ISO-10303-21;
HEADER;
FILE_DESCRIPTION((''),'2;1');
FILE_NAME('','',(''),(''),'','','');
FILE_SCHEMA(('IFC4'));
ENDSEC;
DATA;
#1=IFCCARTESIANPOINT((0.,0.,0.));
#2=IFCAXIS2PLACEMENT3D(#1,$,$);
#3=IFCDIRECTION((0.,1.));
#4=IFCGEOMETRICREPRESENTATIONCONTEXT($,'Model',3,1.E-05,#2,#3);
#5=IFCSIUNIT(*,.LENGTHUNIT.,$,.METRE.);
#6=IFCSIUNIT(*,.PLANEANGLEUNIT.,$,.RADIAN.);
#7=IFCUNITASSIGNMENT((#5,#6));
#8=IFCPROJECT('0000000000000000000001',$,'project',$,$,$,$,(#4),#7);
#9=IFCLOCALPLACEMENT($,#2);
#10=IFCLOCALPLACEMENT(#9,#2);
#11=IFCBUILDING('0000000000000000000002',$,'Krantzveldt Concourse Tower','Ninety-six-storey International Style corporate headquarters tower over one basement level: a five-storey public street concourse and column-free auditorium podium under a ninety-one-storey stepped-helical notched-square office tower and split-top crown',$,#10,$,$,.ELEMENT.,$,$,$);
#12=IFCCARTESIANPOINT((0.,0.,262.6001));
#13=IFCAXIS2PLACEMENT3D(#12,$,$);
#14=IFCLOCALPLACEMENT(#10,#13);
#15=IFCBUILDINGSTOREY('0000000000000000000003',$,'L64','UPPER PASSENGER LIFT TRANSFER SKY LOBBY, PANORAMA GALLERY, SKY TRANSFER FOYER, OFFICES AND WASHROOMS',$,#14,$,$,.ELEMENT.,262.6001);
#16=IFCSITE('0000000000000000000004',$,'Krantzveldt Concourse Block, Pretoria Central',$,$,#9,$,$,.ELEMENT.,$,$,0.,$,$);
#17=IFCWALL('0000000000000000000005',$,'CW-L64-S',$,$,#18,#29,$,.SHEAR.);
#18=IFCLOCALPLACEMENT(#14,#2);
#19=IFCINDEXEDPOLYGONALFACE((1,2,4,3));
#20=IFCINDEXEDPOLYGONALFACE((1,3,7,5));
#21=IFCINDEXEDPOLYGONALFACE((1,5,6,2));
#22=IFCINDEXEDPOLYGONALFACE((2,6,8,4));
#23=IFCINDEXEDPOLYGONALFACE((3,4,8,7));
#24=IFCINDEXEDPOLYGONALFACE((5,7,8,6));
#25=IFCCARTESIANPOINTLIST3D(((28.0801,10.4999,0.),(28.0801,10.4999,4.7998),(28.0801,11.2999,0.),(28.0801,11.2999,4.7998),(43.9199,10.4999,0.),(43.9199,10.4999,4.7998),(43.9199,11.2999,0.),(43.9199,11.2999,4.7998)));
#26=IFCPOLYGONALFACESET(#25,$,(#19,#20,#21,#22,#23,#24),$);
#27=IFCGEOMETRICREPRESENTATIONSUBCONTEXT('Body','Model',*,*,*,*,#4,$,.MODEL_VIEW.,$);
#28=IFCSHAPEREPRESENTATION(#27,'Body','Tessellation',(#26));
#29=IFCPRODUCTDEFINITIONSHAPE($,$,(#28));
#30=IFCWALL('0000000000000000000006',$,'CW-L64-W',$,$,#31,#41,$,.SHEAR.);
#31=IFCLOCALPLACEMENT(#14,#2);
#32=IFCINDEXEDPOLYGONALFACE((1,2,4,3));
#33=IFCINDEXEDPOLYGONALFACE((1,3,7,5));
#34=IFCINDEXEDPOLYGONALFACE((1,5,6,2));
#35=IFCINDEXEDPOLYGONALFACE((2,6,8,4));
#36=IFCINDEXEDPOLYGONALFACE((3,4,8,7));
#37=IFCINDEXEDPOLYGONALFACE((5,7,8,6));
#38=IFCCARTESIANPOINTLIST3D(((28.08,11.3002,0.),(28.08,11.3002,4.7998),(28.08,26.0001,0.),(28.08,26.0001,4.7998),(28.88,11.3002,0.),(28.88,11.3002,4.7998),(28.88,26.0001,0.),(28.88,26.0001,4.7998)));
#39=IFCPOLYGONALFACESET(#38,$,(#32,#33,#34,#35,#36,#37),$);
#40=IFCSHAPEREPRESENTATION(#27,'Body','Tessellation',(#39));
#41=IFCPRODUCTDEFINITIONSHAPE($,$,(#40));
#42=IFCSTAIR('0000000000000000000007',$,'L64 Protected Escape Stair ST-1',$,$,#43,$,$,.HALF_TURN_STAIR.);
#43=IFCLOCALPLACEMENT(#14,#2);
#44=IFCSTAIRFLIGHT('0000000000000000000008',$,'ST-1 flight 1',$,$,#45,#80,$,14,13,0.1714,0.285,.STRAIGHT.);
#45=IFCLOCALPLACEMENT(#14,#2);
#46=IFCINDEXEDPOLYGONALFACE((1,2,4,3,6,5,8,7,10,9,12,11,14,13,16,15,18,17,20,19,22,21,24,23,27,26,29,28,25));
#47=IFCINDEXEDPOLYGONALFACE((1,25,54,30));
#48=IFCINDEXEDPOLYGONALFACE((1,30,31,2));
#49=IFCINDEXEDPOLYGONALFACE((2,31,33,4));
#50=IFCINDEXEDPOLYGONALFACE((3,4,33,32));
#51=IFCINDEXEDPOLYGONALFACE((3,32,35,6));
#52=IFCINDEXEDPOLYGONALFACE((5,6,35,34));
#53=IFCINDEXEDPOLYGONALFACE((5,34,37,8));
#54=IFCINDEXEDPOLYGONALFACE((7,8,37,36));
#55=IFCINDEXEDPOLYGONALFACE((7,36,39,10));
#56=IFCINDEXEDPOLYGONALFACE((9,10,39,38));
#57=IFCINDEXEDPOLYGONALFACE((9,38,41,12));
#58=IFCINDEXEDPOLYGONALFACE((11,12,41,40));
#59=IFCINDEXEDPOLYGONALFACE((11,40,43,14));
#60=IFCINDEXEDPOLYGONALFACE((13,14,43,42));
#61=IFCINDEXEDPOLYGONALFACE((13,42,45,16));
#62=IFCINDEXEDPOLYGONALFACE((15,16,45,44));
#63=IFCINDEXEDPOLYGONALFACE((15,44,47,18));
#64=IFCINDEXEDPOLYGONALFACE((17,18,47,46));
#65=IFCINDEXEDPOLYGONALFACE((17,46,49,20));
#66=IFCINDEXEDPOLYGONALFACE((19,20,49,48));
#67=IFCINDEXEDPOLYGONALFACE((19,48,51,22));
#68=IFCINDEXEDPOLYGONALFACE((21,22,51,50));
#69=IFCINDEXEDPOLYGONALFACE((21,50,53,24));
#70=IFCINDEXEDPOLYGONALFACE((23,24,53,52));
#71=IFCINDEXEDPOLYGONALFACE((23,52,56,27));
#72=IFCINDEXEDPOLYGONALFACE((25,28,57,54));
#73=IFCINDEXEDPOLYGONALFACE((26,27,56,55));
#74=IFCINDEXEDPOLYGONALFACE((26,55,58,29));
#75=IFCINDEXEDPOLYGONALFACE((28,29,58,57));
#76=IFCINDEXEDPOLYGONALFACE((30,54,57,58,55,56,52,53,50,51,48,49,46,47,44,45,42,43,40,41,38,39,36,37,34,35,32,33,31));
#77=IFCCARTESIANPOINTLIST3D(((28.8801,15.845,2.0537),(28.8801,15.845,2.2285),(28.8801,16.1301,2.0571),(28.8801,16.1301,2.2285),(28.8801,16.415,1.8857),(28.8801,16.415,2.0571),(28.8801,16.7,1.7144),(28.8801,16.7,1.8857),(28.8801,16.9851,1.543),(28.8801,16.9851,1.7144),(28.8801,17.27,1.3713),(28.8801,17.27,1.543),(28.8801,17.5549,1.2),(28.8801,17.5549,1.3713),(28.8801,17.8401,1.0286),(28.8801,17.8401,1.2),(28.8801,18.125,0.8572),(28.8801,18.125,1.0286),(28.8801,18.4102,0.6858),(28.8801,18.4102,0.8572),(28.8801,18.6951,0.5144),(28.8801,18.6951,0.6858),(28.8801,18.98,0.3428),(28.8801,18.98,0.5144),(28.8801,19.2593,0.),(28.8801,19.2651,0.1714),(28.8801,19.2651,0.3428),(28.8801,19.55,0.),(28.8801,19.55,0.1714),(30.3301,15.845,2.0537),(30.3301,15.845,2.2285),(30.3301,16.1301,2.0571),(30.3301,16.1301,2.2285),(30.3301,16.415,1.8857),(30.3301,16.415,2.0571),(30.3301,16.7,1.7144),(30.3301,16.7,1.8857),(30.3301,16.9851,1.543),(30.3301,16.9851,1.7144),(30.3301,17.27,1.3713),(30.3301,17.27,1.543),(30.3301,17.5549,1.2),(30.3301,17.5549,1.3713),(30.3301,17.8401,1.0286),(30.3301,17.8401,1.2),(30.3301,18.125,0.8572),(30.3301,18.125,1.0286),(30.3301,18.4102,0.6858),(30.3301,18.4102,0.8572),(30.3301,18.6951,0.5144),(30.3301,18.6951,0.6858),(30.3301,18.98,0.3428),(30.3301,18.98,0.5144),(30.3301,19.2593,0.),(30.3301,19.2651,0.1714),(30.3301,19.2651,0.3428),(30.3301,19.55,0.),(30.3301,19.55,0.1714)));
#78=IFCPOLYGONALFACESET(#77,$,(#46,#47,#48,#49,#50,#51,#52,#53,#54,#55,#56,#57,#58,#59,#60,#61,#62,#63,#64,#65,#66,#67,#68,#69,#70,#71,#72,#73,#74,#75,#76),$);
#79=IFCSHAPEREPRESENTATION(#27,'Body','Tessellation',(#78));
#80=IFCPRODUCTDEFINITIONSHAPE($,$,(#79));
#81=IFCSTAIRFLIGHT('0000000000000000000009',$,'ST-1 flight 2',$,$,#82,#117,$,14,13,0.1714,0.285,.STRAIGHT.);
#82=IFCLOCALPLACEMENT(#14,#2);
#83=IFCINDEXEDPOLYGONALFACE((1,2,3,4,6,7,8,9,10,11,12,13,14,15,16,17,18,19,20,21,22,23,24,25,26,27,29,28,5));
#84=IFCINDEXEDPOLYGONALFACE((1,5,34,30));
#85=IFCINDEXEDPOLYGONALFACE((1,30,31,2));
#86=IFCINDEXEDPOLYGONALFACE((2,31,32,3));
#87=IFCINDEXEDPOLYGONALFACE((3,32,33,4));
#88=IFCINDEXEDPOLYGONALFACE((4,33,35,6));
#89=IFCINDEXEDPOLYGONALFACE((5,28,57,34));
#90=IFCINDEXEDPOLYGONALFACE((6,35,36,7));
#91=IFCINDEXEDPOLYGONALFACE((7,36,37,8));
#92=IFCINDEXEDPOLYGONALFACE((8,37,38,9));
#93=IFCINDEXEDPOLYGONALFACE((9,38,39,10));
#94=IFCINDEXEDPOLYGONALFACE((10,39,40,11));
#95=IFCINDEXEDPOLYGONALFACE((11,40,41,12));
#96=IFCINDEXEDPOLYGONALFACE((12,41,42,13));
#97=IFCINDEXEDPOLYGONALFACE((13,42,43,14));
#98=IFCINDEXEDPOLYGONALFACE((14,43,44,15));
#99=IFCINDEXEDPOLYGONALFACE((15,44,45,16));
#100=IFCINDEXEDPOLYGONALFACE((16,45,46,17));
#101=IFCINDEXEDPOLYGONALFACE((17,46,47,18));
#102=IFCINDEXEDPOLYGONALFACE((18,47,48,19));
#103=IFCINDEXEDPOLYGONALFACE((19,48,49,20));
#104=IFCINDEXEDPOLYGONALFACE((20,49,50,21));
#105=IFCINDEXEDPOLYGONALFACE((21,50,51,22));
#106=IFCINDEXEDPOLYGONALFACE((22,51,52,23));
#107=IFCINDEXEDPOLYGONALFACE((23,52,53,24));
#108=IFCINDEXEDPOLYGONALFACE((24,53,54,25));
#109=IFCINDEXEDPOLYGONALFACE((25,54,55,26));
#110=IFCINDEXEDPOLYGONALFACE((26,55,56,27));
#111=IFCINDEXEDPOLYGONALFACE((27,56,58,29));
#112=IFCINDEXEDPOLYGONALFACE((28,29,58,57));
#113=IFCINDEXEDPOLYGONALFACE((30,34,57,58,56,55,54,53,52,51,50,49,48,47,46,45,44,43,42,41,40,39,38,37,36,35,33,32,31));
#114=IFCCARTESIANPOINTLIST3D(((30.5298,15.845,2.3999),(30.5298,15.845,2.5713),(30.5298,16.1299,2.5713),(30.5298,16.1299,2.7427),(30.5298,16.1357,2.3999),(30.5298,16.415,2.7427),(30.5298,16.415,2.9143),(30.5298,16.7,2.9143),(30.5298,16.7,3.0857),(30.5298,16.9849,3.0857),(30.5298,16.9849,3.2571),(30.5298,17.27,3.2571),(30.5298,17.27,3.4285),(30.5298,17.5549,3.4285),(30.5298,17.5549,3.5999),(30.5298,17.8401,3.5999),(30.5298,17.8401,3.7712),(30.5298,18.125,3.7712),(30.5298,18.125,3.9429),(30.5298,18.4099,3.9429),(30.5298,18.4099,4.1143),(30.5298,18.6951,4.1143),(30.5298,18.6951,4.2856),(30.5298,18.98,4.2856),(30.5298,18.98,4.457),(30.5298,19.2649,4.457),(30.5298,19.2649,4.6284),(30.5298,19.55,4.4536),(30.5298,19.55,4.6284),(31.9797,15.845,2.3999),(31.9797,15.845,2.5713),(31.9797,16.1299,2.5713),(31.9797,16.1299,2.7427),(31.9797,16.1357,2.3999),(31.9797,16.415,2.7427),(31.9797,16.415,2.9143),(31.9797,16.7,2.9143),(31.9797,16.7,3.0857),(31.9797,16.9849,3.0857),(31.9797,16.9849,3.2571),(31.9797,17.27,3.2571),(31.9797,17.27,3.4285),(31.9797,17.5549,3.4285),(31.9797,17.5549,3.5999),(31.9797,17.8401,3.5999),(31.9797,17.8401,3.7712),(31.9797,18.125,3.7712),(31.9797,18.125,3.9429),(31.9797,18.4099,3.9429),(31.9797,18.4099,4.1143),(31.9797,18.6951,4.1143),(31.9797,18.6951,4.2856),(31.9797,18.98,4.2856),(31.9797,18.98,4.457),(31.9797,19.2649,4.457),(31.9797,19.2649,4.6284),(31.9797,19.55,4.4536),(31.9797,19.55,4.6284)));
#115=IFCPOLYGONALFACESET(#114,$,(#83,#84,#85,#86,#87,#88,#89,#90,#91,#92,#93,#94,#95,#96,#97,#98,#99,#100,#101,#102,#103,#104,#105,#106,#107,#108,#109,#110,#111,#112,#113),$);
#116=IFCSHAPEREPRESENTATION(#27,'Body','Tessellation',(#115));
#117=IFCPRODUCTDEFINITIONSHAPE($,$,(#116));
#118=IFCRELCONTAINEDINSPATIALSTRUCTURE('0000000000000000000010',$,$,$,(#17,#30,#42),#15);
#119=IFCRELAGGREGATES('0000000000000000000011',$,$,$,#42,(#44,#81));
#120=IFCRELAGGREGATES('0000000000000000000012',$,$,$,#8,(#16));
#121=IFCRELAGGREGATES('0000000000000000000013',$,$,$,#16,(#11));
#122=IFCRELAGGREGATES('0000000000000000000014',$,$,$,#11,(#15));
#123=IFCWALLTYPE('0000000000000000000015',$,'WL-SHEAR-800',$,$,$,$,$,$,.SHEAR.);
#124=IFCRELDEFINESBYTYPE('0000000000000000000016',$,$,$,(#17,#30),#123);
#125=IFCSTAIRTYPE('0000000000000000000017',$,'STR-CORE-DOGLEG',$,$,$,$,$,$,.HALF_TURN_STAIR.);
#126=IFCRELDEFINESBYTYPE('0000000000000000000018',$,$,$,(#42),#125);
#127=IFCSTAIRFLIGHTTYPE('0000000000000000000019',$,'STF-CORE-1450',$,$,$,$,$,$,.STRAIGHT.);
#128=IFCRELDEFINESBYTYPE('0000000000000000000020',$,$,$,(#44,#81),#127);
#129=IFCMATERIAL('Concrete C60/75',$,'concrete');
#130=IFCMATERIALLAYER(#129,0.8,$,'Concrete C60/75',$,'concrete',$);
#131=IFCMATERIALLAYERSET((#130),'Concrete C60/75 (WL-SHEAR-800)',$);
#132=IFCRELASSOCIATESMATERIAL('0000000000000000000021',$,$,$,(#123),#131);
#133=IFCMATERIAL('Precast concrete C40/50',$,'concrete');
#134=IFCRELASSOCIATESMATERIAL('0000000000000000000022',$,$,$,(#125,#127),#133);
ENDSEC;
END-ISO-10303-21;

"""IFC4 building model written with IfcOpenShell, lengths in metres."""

from ifc_helpers import new_model, si_unit, direction, frame, frame_2d, origin, place, context, subcontext, project, spatial, polyline, rectangle, outline, extrude, material, layer, layer_set, type_object, element, aggregate, save


model = new_model("IFC4")

# Units and contexts
model_context = context("Model", 3, precision=1e-05, world=origin(), true_north=direction((0.0, 1.0)))
body_context = subcontext(model_context, "Body", "Model", "MODEL_VIEW")
ifc_project = project(units=[si_unit("LENGTHUNIT", "METRE"), si_unit("PLANEANGLEUNIT", "RADIAN")], contexts=[model_context])

# Site, building, storey
site_placement = place(None, origin())
site = spatial("IfcSite", under=ifc_project, at=site_placement, Name="Krantzveldt Concourse Block, Pretoria Central", CompositionType="ELEMENT", RefElevation=0.0)
building_placement = place(site_placement, origin())
building = spatial("IfcBuilding", under=site, at=building_placement, Name="Krantzveldt Concourse Tower", Description="Ninety-six-storey International Style corporate headquarters tower over one basement level: a five-storey public street concourse and column-free auditorium podium under a ninety-one-storey stepped-helical notched-square office tower and split-top crown", CompositionType="ELEMENT")
storey_placement = place(building_placement, frame((0.0, 0.0, 262.6001)))
storey = spatial("IfcBuildingStorey", under=building, at=storey_placement, Name="L64", Description="UPPER PASSENGER LIFT TRANSFER SKY LOBBY, PANORAMA GALLERY, SKY TRANSFER FOYER, OFFICES AND WASHROOMS", CompositionType="ELEMENT", Elevation=262.6001)

# Walls
ifc_material_1 = material(Name="Concrete C60/75", Category="concrete")
ifc_layer_1 = layer(ifc_material_1, 0.8, Name="Concrete C60/75", Category="concrete")
ifc_layer_set_1 = layer_set([ifc_layer_1], Name="Concrete C60/75 (WL-SHEAR-800)")
wall_type_1 = type_object("IfcWallType", Name="WL-SHEAR-800", PredefinedType="SHEAR", material=ifc_layer_set_1)
wall_1_placement = place(storey_placement, frame((28.0801, 10.8999, 0.0), z_axis=(0.0, 0.0, 1.0), x_axis=(1.0, 0.0, 0.0)))
element("IfcWall", 1, at=wall_1_placement, inside=storey, type_object=wall_type_1, Name="CW-L64-S", PredefinedType="SHEAR", context=body_context, shape_type="SweptSolid", body=[
    extrude(rectangle(XDim=15.8398, YDim=0.8, at=frame_2d((7.9199, 0.0))), origin(), (0.0, 0.0, 1.0), 4.7998),
])
wall_2_placement = place(storey_placement, frame((28.48, 11.3, 0.0), z_axis=(0.0, 0.0, 1.0), x_axis=(0.0, 1.0, 0.0)))
element("IfcWall", 2, at=wall_2_placement, inside=storey, type_object=wall_type_1, Name="CW-L64-W", PredefinedType="SHEAR", context=body_context, shape_type="SweptSolid", body=[
    extrude(rectangle(XDim=14.7, YDim=0.8, at=frame_2d((7.3501, 0.0))), origin(), (0.0, 0.0, 1.0), 4.7998),
])

# Stair, stair flights
ifc_material_2 = material(Name="Precast concrete C40/50", Category="concrete")
stair_type = type_object("IfcStairType", Name="STR-CORE-DOGLEG", PredefinedType="HALF_TURN_STAIR", material=ifc_material_2)
stair_placement = place(storey_placement, origin())
stair = element("IfcStair", 3, at=stair_placement, inside=storey, type_object=stair_type, Name="L64 Protected Escape Stair ST-1", PredefinedType="HALF_TURN_STAIR")
stair_flight_type = type_object("IfcStairFlightType", Name="STF-CORE-1450", PredefinedType="STRAIGHT", material=ifc_material_2)
stair_flight_1_placement = place(storey_placement, frame((29.605, 19.55, 0.0), z_axis=(0.0, 0.0, 1.0), x_axis=(0.0, -1.0, 0.0)))
stair_flight_1 = element("IfcStairFlight", 4, at=stair_flight_1_placement, type_object=stair_flight_type, Name="ST-1 flight 1", NumberOfRisers=14, NumberOfTreads=13, PredefinedType="STRAIGHT", RiserHeight=0.1714, TreadLength=0.285, context=body_context, shape_type="SweptSolid", body=[
    extrude(outline(polyline([(0.0, 0.0), (0.0, 0.1714), (0.2849, 0.1714), (0.2849, 0.3428), (0.5701, 0.3428), (0.5701, 0.5144), (0.855, 0.5144), (0.855, 0.6858), (1.1399, 0.6858), (1.1399, 0.8572), (1.425, 0.8572), (1.425, 1.0286), (1.71, 1.0286), (1.71, 1.2), (1.9951, 1.2), (1.9951, 1.3713), (2.28, 1.3713), (2.28, 1.543), (2.5649, 1.543), (2.5649, 1.7144), (2.8501, 1.7144), (2.8501, 1.8857), (3.135, 1.8857), (3.135, 2.0571), (3.4199, 2.0571), (3.4199, 2.2285), (3.7051, 2.2285), (3.7051, 2.3999), (3.7051, 2.0537), (0.2908, 0.0), (0.0, 0.0)])), frame((0.0, 0.7251, 0.0), z_axis=(0.0, -1.0, 0.0), x_axis=(1.0, 0.0, 0.0)), (0.0, 0.0, 1.0), 1.45),
])
stair_flight_2_placement = place(storey_placement, frame((31.2549, 15.845, 2.3999), z_axis=(0.0, 0.0, 1.0), x_axis=(0.0, 1.0, 0.0)))
stair_flight_2 = element("IfcStairFlight", 5, at=stair_flight_2_placement, type_object=stair_flight_type, Name="ST-1 flight 2", NumberOfRisers=14, NumberOfTreads=13, PredefinedType="STRAIGHT", RiserHeight=0.1714, TreadLength=0.285, context=body_context, shape_type="SweptSolid", body=[
    extrude(outline(polyline([(0.0, 0.0), (0.0, 0.1714), (0.2849, 0.1714), (0.2849, 0.3428), (0.5701, 0.3428), (0.5701, 0.5144), (0.855, 0.5144), (0.855, 0.6858), (1.1399, 0.6858), (1.1399, 0.8572), (1.425, 0.8572), (1.425, 1.0286), (1.71, 1.0286), (1.71, 1.2), (1.9951, 1.2), (1.9951, 1.3713), (2.28, 1.3713), (2.28, 1.543), (2.5649, 1.543), (2.5649, 1.7144), (2.8501, 1.7144), (2.8501, 1.8857), (3.135, 1.8857), (3.135, 2.0571), (3.4199, 2.0571), (3.4199, 2.2285), (3.7051, 2.2285), (3.7051, 2.3999), (3.7051, 2.0537), (0.2908, 0.0), (0.0, 0.0)])), frame((0.0, 0.7251, 0.0), z_axis=(0.0, -1.0, 0.0), x_axis=(1.0, 0.0, 0.0)), (0.0, 0.0, 1.0), 1.45),
])
aggregate(stair, [stair_flight_1, stair_flight_2])

save(model, "model.ifc")
